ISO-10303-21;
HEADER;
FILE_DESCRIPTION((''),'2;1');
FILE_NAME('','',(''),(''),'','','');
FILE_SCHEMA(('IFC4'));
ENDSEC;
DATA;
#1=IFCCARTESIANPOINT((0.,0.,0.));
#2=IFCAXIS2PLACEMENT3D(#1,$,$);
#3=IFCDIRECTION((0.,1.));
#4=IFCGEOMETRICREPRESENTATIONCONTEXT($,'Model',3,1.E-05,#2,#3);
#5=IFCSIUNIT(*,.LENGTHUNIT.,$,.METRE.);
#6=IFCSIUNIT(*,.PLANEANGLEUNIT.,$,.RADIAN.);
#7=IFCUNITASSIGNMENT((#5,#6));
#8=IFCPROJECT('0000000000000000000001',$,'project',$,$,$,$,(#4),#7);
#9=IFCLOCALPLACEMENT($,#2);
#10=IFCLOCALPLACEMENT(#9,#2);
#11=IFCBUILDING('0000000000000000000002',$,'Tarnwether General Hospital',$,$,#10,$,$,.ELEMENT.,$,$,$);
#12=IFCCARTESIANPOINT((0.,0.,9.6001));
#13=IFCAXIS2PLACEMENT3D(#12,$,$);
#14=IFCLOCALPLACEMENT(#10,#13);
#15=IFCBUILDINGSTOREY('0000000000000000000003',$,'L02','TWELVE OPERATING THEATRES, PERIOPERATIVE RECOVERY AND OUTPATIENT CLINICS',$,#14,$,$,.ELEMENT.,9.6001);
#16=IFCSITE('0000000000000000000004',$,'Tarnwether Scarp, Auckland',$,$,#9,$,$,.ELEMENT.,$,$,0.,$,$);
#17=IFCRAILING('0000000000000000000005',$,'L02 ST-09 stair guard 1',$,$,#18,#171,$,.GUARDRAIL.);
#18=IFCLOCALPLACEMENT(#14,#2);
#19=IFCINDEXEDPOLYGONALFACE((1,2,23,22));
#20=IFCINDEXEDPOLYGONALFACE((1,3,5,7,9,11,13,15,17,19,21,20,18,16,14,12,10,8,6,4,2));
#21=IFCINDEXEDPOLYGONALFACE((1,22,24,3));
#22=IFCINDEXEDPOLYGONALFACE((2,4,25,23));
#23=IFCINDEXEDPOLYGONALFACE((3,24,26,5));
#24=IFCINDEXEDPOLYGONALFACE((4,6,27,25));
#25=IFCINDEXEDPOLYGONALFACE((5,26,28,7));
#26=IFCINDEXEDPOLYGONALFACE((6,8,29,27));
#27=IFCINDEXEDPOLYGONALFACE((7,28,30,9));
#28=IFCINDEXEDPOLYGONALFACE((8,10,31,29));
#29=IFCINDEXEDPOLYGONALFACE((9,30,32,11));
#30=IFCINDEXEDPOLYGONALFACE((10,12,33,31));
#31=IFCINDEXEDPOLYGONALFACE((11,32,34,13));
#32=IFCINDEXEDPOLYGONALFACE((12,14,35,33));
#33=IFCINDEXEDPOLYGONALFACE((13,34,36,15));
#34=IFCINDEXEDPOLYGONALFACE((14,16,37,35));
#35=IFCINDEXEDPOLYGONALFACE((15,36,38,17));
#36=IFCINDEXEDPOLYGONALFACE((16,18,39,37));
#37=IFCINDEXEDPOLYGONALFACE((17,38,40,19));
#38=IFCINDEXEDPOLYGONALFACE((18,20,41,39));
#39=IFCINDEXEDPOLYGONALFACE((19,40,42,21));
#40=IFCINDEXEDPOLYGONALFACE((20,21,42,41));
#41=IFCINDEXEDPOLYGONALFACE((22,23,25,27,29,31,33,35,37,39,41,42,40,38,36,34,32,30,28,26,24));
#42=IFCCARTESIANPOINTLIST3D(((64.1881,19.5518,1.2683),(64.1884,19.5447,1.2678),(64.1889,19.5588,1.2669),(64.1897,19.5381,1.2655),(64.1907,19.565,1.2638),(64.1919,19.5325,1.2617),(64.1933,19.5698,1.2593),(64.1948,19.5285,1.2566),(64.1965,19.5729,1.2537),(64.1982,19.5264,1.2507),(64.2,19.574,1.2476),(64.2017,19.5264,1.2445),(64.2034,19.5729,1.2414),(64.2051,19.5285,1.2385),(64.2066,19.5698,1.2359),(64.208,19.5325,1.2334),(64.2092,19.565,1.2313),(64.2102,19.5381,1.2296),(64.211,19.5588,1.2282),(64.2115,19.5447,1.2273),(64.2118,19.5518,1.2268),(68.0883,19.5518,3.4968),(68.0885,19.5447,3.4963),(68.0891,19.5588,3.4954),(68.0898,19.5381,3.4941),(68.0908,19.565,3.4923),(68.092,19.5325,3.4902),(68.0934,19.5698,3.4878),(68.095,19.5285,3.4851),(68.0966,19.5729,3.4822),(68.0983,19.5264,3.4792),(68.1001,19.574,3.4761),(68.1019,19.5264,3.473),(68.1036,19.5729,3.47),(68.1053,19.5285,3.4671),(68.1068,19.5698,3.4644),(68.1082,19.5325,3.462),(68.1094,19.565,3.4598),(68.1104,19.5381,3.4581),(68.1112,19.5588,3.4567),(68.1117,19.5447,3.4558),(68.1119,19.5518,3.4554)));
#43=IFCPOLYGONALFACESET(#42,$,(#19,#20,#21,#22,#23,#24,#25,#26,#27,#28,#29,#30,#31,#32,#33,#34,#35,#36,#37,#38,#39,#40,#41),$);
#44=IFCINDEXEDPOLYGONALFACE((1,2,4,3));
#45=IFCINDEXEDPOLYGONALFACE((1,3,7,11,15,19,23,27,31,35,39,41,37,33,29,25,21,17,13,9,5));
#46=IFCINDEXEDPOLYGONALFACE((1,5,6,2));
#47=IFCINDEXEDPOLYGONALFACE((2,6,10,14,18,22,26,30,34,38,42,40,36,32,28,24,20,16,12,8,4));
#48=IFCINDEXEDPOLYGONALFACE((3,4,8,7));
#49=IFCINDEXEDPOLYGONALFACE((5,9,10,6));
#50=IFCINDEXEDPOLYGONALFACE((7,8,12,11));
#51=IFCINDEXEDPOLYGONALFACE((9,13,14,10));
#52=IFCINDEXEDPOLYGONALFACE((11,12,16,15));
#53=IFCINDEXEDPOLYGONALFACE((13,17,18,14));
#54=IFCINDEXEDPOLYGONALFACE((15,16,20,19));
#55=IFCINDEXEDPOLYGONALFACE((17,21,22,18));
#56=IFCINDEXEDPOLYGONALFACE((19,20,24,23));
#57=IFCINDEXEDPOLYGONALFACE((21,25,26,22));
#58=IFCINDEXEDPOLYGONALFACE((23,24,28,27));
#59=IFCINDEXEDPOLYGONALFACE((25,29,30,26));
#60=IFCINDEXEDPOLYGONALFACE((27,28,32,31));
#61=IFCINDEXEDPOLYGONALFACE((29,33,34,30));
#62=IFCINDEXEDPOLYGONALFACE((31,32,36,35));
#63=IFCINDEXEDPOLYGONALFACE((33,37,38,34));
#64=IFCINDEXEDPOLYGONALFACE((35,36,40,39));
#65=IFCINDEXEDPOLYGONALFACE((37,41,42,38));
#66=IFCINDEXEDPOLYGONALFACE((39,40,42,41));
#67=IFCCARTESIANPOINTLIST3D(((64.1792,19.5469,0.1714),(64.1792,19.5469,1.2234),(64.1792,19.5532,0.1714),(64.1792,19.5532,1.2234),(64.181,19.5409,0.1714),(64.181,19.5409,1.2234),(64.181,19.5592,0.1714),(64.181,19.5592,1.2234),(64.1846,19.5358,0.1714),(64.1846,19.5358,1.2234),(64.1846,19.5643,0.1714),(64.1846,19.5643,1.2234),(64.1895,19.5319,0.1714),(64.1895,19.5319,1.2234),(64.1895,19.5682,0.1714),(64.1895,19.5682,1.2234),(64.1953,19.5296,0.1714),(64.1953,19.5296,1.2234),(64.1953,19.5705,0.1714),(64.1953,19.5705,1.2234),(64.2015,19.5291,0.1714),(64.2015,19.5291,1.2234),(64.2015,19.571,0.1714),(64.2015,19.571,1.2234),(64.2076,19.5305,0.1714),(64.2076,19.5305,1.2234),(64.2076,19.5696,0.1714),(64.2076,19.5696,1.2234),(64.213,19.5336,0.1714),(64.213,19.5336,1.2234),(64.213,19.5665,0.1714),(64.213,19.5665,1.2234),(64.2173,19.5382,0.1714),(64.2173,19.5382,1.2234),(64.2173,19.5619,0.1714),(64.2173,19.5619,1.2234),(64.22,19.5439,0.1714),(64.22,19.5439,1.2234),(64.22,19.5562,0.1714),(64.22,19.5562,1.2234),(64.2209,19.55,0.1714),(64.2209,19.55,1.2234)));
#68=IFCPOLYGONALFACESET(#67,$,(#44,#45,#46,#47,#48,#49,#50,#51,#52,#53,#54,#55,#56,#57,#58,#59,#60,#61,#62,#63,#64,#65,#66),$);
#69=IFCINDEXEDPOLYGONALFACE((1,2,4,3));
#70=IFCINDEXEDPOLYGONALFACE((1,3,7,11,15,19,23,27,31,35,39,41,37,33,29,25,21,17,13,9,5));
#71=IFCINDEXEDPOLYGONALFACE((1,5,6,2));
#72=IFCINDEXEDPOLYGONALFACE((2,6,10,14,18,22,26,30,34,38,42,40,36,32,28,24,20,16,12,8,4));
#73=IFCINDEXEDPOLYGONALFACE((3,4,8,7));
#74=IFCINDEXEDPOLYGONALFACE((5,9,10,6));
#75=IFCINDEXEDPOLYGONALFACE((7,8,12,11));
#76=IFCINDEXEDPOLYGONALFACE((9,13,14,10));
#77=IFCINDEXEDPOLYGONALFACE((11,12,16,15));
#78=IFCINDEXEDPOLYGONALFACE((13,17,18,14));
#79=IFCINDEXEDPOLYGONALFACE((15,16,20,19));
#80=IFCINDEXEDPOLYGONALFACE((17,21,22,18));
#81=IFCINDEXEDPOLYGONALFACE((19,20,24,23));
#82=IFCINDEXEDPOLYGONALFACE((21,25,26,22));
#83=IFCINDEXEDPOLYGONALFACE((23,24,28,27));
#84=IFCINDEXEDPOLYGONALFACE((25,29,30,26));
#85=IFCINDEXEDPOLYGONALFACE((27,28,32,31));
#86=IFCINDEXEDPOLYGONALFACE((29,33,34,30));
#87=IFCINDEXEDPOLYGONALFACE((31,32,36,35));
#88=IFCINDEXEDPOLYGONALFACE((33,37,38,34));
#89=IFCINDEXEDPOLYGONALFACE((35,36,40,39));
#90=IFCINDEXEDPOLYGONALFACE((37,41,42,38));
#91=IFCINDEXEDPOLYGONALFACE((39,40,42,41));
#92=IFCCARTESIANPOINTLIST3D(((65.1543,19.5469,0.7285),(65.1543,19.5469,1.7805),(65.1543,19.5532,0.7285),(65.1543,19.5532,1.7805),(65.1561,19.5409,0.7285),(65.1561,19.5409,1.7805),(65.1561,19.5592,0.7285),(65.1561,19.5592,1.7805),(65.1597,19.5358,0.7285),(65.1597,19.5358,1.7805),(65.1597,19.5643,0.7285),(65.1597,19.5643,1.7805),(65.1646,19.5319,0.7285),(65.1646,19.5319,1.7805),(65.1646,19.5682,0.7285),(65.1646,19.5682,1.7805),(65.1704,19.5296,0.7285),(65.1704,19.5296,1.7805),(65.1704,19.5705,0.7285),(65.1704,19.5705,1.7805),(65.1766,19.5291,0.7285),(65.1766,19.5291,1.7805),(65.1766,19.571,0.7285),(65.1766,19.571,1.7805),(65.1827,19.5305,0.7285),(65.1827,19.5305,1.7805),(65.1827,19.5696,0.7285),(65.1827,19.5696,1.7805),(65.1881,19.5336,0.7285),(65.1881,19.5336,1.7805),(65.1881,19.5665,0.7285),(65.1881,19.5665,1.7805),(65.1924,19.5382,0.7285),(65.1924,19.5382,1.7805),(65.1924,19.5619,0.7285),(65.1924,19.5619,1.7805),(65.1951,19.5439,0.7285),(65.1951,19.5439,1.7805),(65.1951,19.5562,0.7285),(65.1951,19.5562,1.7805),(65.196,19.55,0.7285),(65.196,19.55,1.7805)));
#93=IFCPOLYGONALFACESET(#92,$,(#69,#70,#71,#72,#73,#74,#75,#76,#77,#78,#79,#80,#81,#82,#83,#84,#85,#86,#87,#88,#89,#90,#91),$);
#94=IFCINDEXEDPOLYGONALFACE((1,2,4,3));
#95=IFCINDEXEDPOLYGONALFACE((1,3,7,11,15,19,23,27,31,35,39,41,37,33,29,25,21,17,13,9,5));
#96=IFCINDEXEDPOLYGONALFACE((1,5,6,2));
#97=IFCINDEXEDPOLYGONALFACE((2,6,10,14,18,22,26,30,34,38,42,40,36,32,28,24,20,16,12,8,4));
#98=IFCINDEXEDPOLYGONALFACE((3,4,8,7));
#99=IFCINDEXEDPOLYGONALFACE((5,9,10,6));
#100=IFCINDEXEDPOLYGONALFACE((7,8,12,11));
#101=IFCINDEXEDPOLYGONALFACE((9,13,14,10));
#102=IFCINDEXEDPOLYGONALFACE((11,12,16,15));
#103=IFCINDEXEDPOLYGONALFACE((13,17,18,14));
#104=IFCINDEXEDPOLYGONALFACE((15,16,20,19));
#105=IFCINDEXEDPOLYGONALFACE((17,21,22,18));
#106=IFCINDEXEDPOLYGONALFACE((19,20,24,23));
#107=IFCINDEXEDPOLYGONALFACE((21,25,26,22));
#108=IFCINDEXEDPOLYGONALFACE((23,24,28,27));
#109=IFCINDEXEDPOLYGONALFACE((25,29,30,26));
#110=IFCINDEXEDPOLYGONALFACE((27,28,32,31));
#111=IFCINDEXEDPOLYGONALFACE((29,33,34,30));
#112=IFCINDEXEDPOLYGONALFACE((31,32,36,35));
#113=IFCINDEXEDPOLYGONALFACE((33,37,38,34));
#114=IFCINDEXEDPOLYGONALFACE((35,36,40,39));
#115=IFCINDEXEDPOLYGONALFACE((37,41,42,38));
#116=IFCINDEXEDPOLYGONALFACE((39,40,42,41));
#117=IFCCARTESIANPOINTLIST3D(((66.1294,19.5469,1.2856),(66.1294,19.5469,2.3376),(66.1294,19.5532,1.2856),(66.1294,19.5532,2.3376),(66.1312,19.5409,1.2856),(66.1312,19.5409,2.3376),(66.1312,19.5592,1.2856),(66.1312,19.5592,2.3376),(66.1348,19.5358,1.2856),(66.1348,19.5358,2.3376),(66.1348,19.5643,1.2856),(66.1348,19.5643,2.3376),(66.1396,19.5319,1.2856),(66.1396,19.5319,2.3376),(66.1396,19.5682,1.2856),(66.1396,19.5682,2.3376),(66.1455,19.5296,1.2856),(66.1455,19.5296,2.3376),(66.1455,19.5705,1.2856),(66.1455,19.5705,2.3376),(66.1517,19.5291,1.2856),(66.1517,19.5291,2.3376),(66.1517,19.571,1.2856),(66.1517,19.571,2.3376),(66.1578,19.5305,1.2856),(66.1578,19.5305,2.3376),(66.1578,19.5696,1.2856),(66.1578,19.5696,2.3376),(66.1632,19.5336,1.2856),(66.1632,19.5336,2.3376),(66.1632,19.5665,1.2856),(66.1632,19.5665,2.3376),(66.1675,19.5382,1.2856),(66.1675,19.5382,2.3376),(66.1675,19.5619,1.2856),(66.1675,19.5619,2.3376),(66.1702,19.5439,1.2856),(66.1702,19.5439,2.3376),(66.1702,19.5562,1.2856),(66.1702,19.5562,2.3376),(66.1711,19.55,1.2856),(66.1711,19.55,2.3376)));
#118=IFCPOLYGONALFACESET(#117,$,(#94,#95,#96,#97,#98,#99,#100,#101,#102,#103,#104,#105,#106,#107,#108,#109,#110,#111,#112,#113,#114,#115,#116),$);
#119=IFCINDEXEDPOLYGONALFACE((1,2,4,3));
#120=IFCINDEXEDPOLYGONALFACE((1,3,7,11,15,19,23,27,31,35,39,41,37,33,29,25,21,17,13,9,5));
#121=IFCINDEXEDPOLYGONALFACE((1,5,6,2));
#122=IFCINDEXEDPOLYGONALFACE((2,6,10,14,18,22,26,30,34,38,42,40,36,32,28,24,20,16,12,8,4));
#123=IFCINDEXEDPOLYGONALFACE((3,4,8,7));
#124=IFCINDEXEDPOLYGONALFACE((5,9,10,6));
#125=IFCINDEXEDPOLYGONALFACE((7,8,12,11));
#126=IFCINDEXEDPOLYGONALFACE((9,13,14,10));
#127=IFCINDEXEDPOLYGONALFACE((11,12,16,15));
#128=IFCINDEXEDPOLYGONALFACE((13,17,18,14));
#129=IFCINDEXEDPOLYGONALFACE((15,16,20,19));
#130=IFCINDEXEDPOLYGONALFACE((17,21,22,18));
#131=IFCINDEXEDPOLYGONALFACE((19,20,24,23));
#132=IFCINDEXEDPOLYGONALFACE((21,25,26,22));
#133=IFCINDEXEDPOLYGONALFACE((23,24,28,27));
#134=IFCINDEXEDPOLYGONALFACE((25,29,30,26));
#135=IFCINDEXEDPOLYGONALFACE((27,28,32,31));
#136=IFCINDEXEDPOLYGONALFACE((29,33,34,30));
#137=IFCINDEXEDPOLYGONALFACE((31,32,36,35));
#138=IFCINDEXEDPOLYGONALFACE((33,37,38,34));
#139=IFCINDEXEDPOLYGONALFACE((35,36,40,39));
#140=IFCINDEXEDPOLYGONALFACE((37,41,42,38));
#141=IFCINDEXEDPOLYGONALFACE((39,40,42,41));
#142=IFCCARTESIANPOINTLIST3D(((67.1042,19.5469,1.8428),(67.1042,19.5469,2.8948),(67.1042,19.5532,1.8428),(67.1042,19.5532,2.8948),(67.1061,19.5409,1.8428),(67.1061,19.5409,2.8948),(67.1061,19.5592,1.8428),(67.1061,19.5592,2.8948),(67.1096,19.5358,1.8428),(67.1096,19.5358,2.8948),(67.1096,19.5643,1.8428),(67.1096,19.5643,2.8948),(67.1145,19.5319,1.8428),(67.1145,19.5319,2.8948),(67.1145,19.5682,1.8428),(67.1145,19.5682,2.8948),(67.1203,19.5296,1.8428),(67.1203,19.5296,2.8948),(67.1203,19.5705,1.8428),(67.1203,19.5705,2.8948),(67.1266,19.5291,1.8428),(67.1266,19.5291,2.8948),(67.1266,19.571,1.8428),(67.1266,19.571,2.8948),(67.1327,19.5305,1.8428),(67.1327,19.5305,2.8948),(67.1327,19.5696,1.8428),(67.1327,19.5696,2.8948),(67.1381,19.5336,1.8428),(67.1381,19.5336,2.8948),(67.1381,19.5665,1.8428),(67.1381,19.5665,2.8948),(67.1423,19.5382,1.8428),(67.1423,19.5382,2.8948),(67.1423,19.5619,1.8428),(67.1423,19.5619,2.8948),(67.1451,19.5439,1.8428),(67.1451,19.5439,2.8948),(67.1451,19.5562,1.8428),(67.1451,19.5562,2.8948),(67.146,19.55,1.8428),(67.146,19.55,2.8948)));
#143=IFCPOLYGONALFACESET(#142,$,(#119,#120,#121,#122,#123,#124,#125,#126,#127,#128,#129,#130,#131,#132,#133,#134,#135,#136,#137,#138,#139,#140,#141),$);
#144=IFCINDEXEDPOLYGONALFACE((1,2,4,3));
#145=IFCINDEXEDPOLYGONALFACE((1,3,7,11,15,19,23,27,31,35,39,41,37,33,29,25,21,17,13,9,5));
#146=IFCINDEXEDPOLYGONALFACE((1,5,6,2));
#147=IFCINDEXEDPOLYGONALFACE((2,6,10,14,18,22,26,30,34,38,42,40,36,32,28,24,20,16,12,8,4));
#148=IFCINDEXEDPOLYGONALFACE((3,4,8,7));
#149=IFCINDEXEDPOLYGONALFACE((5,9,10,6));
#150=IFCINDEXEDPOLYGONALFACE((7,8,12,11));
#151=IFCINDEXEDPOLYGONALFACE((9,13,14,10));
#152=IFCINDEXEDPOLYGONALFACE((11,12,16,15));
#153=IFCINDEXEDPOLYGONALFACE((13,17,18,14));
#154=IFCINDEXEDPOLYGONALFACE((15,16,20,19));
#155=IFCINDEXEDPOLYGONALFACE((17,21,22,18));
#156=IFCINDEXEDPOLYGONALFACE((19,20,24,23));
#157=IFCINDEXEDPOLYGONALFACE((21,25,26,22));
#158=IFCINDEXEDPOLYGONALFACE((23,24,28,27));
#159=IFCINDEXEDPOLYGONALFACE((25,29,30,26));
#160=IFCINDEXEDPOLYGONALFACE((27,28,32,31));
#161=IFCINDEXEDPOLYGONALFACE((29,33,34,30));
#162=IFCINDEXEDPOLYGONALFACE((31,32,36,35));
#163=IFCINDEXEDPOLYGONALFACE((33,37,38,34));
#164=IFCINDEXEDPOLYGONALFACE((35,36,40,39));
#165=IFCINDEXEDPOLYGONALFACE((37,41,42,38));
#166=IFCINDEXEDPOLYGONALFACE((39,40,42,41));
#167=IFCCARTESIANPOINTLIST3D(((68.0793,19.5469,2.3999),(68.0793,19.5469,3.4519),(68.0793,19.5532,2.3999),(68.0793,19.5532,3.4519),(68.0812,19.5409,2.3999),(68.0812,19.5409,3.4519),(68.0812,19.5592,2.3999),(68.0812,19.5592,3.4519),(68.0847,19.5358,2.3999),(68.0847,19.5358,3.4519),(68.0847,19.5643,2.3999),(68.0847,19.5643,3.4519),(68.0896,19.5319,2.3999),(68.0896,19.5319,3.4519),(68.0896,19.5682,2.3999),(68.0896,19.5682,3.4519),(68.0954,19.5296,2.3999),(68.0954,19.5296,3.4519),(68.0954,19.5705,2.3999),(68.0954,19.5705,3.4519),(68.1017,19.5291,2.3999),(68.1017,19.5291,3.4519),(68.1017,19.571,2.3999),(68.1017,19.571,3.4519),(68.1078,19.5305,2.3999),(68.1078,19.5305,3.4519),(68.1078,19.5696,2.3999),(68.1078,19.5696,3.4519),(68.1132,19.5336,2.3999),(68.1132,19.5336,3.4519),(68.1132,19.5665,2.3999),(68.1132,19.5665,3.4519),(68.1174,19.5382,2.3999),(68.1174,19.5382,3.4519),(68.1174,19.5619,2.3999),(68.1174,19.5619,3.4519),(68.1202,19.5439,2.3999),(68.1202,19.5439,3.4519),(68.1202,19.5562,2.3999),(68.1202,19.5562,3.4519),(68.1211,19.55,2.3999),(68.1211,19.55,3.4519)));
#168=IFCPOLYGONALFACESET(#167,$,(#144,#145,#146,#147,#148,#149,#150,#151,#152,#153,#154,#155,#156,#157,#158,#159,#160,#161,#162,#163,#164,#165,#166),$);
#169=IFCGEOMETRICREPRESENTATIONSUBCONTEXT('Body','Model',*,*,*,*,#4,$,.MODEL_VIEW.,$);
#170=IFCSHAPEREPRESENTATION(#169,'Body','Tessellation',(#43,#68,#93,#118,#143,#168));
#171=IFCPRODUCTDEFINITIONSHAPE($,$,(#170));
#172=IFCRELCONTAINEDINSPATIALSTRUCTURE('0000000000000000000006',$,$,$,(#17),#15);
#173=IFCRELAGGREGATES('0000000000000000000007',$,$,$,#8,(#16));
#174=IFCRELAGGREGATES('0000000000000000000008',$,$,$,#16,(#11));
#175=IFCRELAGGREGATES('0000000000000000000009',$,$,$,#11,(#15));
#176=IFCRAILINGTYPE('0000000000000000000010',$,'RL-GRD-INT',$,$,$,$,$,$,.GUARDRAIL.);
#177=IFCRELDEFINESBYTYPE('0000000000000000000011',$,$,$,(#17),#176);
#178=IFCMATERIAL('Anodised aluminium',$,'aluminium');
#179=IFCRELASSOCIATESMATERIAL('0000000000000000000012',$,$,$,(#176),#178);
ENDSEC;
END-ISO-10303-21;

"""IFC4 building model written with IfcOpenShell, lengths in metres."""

from ifc_helpers import new_model, si_unit, direction, frame, origin, origin_2d, place, context, subcontext, project, spatial, circle, extrude, material, type_object, element, save


model = new_model("IFC4")

# Units and contexts
model_context = context("Model", 3, precision=1e-05, world=origin(), true_north=direction((0.0, 1.0)))
body_context = subcontext(model_context, "Body", "Model", "MODEL_VIEW")
ifc_project = project(units=[si_unit("LENGTHUNIT", "METRE"), si_unit("PLANEANGLEUNIT", "RADIAN")], contexts=[model_context])

# Site, building, storey
site_placement = place(None, origin())
site = spatial("IfcSite", under=ifc_project, at=site_placement, Name="Tarnwether Scarp, Auckland", CompositionType="ELEMENT", RefElevation=0.0)
building_placement = place(site_placement, origin())
building = spatial("IfcBuilding", under=site, at=building_placement, Name="Tarnwether General Hospital", CompositionType="ELEMENT")
storey_placement = place(building_placement, frame((0.0, 0.0, 9.6001)))
storey = spatial("IfcBuildingStorey", under=building, at=storey_placement, Name="L02", Description="TWELVE OPERATING THEATRES, PERIOPERATIVE RECOVERY AND OUTPATIENT CLINICS", CompositionType="ELEMENT", Elevation=9.6001)

# Railing
ifc_material_1 = material(Name="Anodised aluminium", Category="aluminium")
railing_type_1 = type_object("IfcRailingType", Name="RL-GRD-INT", PredefinedType="GUARDRAIL", material=ifc_material_1)
railing_1_placement = place(storey_placement, frame((64.2, 19.55, 0.1714)))
element("IfcRailing", 1, at=railing_1_placement, inside=storey, type_object=railing_type_1, Name="L02 ST-09 stair guard 1", PredefinedType="GUARDRAIL", context=body_context, shape_type="SweptSolid", body=[
    extrude(circle(Radius=0.0239, at=origin_2d()), frame((0.0, 0.0, 1.0762), z_axis=(0.868257, 0.0, 0.496116), x_axis=(0.0, 1.0, 0.0)), (0.0, 0.0, 1.0), 4.4919),
    extrude(circle(Radius=0.021, at=origin_2d()), origin(), (0.0, 0.0, 1.0), 1.052),
    extrude(circle(Radius=0.021, at=origin_2d()), frame((0.9751, 0.0, 0.5571)), (0.0, 0.0, 1.0), 1.052),
    extrude(circle(Radius=0.021, at=origin_2d()), frame((1.9502, 0.0, 1.1143)), (0.0, 0.0, 1.0), 1.052),
    extrude(circle(Radius=0.021, at=origin_2d()), frame((2.925, 0.0, 1.6714)), (0.0, 0.0, 1.0), 1.052),
    extrude(circle(Radius=0.021, at=origin_2d()), frame((3.9001, 0.0, 2.2285)), (0.0, 0.0, 1.0), 1.052),
])

save(model, "model.ifc")
